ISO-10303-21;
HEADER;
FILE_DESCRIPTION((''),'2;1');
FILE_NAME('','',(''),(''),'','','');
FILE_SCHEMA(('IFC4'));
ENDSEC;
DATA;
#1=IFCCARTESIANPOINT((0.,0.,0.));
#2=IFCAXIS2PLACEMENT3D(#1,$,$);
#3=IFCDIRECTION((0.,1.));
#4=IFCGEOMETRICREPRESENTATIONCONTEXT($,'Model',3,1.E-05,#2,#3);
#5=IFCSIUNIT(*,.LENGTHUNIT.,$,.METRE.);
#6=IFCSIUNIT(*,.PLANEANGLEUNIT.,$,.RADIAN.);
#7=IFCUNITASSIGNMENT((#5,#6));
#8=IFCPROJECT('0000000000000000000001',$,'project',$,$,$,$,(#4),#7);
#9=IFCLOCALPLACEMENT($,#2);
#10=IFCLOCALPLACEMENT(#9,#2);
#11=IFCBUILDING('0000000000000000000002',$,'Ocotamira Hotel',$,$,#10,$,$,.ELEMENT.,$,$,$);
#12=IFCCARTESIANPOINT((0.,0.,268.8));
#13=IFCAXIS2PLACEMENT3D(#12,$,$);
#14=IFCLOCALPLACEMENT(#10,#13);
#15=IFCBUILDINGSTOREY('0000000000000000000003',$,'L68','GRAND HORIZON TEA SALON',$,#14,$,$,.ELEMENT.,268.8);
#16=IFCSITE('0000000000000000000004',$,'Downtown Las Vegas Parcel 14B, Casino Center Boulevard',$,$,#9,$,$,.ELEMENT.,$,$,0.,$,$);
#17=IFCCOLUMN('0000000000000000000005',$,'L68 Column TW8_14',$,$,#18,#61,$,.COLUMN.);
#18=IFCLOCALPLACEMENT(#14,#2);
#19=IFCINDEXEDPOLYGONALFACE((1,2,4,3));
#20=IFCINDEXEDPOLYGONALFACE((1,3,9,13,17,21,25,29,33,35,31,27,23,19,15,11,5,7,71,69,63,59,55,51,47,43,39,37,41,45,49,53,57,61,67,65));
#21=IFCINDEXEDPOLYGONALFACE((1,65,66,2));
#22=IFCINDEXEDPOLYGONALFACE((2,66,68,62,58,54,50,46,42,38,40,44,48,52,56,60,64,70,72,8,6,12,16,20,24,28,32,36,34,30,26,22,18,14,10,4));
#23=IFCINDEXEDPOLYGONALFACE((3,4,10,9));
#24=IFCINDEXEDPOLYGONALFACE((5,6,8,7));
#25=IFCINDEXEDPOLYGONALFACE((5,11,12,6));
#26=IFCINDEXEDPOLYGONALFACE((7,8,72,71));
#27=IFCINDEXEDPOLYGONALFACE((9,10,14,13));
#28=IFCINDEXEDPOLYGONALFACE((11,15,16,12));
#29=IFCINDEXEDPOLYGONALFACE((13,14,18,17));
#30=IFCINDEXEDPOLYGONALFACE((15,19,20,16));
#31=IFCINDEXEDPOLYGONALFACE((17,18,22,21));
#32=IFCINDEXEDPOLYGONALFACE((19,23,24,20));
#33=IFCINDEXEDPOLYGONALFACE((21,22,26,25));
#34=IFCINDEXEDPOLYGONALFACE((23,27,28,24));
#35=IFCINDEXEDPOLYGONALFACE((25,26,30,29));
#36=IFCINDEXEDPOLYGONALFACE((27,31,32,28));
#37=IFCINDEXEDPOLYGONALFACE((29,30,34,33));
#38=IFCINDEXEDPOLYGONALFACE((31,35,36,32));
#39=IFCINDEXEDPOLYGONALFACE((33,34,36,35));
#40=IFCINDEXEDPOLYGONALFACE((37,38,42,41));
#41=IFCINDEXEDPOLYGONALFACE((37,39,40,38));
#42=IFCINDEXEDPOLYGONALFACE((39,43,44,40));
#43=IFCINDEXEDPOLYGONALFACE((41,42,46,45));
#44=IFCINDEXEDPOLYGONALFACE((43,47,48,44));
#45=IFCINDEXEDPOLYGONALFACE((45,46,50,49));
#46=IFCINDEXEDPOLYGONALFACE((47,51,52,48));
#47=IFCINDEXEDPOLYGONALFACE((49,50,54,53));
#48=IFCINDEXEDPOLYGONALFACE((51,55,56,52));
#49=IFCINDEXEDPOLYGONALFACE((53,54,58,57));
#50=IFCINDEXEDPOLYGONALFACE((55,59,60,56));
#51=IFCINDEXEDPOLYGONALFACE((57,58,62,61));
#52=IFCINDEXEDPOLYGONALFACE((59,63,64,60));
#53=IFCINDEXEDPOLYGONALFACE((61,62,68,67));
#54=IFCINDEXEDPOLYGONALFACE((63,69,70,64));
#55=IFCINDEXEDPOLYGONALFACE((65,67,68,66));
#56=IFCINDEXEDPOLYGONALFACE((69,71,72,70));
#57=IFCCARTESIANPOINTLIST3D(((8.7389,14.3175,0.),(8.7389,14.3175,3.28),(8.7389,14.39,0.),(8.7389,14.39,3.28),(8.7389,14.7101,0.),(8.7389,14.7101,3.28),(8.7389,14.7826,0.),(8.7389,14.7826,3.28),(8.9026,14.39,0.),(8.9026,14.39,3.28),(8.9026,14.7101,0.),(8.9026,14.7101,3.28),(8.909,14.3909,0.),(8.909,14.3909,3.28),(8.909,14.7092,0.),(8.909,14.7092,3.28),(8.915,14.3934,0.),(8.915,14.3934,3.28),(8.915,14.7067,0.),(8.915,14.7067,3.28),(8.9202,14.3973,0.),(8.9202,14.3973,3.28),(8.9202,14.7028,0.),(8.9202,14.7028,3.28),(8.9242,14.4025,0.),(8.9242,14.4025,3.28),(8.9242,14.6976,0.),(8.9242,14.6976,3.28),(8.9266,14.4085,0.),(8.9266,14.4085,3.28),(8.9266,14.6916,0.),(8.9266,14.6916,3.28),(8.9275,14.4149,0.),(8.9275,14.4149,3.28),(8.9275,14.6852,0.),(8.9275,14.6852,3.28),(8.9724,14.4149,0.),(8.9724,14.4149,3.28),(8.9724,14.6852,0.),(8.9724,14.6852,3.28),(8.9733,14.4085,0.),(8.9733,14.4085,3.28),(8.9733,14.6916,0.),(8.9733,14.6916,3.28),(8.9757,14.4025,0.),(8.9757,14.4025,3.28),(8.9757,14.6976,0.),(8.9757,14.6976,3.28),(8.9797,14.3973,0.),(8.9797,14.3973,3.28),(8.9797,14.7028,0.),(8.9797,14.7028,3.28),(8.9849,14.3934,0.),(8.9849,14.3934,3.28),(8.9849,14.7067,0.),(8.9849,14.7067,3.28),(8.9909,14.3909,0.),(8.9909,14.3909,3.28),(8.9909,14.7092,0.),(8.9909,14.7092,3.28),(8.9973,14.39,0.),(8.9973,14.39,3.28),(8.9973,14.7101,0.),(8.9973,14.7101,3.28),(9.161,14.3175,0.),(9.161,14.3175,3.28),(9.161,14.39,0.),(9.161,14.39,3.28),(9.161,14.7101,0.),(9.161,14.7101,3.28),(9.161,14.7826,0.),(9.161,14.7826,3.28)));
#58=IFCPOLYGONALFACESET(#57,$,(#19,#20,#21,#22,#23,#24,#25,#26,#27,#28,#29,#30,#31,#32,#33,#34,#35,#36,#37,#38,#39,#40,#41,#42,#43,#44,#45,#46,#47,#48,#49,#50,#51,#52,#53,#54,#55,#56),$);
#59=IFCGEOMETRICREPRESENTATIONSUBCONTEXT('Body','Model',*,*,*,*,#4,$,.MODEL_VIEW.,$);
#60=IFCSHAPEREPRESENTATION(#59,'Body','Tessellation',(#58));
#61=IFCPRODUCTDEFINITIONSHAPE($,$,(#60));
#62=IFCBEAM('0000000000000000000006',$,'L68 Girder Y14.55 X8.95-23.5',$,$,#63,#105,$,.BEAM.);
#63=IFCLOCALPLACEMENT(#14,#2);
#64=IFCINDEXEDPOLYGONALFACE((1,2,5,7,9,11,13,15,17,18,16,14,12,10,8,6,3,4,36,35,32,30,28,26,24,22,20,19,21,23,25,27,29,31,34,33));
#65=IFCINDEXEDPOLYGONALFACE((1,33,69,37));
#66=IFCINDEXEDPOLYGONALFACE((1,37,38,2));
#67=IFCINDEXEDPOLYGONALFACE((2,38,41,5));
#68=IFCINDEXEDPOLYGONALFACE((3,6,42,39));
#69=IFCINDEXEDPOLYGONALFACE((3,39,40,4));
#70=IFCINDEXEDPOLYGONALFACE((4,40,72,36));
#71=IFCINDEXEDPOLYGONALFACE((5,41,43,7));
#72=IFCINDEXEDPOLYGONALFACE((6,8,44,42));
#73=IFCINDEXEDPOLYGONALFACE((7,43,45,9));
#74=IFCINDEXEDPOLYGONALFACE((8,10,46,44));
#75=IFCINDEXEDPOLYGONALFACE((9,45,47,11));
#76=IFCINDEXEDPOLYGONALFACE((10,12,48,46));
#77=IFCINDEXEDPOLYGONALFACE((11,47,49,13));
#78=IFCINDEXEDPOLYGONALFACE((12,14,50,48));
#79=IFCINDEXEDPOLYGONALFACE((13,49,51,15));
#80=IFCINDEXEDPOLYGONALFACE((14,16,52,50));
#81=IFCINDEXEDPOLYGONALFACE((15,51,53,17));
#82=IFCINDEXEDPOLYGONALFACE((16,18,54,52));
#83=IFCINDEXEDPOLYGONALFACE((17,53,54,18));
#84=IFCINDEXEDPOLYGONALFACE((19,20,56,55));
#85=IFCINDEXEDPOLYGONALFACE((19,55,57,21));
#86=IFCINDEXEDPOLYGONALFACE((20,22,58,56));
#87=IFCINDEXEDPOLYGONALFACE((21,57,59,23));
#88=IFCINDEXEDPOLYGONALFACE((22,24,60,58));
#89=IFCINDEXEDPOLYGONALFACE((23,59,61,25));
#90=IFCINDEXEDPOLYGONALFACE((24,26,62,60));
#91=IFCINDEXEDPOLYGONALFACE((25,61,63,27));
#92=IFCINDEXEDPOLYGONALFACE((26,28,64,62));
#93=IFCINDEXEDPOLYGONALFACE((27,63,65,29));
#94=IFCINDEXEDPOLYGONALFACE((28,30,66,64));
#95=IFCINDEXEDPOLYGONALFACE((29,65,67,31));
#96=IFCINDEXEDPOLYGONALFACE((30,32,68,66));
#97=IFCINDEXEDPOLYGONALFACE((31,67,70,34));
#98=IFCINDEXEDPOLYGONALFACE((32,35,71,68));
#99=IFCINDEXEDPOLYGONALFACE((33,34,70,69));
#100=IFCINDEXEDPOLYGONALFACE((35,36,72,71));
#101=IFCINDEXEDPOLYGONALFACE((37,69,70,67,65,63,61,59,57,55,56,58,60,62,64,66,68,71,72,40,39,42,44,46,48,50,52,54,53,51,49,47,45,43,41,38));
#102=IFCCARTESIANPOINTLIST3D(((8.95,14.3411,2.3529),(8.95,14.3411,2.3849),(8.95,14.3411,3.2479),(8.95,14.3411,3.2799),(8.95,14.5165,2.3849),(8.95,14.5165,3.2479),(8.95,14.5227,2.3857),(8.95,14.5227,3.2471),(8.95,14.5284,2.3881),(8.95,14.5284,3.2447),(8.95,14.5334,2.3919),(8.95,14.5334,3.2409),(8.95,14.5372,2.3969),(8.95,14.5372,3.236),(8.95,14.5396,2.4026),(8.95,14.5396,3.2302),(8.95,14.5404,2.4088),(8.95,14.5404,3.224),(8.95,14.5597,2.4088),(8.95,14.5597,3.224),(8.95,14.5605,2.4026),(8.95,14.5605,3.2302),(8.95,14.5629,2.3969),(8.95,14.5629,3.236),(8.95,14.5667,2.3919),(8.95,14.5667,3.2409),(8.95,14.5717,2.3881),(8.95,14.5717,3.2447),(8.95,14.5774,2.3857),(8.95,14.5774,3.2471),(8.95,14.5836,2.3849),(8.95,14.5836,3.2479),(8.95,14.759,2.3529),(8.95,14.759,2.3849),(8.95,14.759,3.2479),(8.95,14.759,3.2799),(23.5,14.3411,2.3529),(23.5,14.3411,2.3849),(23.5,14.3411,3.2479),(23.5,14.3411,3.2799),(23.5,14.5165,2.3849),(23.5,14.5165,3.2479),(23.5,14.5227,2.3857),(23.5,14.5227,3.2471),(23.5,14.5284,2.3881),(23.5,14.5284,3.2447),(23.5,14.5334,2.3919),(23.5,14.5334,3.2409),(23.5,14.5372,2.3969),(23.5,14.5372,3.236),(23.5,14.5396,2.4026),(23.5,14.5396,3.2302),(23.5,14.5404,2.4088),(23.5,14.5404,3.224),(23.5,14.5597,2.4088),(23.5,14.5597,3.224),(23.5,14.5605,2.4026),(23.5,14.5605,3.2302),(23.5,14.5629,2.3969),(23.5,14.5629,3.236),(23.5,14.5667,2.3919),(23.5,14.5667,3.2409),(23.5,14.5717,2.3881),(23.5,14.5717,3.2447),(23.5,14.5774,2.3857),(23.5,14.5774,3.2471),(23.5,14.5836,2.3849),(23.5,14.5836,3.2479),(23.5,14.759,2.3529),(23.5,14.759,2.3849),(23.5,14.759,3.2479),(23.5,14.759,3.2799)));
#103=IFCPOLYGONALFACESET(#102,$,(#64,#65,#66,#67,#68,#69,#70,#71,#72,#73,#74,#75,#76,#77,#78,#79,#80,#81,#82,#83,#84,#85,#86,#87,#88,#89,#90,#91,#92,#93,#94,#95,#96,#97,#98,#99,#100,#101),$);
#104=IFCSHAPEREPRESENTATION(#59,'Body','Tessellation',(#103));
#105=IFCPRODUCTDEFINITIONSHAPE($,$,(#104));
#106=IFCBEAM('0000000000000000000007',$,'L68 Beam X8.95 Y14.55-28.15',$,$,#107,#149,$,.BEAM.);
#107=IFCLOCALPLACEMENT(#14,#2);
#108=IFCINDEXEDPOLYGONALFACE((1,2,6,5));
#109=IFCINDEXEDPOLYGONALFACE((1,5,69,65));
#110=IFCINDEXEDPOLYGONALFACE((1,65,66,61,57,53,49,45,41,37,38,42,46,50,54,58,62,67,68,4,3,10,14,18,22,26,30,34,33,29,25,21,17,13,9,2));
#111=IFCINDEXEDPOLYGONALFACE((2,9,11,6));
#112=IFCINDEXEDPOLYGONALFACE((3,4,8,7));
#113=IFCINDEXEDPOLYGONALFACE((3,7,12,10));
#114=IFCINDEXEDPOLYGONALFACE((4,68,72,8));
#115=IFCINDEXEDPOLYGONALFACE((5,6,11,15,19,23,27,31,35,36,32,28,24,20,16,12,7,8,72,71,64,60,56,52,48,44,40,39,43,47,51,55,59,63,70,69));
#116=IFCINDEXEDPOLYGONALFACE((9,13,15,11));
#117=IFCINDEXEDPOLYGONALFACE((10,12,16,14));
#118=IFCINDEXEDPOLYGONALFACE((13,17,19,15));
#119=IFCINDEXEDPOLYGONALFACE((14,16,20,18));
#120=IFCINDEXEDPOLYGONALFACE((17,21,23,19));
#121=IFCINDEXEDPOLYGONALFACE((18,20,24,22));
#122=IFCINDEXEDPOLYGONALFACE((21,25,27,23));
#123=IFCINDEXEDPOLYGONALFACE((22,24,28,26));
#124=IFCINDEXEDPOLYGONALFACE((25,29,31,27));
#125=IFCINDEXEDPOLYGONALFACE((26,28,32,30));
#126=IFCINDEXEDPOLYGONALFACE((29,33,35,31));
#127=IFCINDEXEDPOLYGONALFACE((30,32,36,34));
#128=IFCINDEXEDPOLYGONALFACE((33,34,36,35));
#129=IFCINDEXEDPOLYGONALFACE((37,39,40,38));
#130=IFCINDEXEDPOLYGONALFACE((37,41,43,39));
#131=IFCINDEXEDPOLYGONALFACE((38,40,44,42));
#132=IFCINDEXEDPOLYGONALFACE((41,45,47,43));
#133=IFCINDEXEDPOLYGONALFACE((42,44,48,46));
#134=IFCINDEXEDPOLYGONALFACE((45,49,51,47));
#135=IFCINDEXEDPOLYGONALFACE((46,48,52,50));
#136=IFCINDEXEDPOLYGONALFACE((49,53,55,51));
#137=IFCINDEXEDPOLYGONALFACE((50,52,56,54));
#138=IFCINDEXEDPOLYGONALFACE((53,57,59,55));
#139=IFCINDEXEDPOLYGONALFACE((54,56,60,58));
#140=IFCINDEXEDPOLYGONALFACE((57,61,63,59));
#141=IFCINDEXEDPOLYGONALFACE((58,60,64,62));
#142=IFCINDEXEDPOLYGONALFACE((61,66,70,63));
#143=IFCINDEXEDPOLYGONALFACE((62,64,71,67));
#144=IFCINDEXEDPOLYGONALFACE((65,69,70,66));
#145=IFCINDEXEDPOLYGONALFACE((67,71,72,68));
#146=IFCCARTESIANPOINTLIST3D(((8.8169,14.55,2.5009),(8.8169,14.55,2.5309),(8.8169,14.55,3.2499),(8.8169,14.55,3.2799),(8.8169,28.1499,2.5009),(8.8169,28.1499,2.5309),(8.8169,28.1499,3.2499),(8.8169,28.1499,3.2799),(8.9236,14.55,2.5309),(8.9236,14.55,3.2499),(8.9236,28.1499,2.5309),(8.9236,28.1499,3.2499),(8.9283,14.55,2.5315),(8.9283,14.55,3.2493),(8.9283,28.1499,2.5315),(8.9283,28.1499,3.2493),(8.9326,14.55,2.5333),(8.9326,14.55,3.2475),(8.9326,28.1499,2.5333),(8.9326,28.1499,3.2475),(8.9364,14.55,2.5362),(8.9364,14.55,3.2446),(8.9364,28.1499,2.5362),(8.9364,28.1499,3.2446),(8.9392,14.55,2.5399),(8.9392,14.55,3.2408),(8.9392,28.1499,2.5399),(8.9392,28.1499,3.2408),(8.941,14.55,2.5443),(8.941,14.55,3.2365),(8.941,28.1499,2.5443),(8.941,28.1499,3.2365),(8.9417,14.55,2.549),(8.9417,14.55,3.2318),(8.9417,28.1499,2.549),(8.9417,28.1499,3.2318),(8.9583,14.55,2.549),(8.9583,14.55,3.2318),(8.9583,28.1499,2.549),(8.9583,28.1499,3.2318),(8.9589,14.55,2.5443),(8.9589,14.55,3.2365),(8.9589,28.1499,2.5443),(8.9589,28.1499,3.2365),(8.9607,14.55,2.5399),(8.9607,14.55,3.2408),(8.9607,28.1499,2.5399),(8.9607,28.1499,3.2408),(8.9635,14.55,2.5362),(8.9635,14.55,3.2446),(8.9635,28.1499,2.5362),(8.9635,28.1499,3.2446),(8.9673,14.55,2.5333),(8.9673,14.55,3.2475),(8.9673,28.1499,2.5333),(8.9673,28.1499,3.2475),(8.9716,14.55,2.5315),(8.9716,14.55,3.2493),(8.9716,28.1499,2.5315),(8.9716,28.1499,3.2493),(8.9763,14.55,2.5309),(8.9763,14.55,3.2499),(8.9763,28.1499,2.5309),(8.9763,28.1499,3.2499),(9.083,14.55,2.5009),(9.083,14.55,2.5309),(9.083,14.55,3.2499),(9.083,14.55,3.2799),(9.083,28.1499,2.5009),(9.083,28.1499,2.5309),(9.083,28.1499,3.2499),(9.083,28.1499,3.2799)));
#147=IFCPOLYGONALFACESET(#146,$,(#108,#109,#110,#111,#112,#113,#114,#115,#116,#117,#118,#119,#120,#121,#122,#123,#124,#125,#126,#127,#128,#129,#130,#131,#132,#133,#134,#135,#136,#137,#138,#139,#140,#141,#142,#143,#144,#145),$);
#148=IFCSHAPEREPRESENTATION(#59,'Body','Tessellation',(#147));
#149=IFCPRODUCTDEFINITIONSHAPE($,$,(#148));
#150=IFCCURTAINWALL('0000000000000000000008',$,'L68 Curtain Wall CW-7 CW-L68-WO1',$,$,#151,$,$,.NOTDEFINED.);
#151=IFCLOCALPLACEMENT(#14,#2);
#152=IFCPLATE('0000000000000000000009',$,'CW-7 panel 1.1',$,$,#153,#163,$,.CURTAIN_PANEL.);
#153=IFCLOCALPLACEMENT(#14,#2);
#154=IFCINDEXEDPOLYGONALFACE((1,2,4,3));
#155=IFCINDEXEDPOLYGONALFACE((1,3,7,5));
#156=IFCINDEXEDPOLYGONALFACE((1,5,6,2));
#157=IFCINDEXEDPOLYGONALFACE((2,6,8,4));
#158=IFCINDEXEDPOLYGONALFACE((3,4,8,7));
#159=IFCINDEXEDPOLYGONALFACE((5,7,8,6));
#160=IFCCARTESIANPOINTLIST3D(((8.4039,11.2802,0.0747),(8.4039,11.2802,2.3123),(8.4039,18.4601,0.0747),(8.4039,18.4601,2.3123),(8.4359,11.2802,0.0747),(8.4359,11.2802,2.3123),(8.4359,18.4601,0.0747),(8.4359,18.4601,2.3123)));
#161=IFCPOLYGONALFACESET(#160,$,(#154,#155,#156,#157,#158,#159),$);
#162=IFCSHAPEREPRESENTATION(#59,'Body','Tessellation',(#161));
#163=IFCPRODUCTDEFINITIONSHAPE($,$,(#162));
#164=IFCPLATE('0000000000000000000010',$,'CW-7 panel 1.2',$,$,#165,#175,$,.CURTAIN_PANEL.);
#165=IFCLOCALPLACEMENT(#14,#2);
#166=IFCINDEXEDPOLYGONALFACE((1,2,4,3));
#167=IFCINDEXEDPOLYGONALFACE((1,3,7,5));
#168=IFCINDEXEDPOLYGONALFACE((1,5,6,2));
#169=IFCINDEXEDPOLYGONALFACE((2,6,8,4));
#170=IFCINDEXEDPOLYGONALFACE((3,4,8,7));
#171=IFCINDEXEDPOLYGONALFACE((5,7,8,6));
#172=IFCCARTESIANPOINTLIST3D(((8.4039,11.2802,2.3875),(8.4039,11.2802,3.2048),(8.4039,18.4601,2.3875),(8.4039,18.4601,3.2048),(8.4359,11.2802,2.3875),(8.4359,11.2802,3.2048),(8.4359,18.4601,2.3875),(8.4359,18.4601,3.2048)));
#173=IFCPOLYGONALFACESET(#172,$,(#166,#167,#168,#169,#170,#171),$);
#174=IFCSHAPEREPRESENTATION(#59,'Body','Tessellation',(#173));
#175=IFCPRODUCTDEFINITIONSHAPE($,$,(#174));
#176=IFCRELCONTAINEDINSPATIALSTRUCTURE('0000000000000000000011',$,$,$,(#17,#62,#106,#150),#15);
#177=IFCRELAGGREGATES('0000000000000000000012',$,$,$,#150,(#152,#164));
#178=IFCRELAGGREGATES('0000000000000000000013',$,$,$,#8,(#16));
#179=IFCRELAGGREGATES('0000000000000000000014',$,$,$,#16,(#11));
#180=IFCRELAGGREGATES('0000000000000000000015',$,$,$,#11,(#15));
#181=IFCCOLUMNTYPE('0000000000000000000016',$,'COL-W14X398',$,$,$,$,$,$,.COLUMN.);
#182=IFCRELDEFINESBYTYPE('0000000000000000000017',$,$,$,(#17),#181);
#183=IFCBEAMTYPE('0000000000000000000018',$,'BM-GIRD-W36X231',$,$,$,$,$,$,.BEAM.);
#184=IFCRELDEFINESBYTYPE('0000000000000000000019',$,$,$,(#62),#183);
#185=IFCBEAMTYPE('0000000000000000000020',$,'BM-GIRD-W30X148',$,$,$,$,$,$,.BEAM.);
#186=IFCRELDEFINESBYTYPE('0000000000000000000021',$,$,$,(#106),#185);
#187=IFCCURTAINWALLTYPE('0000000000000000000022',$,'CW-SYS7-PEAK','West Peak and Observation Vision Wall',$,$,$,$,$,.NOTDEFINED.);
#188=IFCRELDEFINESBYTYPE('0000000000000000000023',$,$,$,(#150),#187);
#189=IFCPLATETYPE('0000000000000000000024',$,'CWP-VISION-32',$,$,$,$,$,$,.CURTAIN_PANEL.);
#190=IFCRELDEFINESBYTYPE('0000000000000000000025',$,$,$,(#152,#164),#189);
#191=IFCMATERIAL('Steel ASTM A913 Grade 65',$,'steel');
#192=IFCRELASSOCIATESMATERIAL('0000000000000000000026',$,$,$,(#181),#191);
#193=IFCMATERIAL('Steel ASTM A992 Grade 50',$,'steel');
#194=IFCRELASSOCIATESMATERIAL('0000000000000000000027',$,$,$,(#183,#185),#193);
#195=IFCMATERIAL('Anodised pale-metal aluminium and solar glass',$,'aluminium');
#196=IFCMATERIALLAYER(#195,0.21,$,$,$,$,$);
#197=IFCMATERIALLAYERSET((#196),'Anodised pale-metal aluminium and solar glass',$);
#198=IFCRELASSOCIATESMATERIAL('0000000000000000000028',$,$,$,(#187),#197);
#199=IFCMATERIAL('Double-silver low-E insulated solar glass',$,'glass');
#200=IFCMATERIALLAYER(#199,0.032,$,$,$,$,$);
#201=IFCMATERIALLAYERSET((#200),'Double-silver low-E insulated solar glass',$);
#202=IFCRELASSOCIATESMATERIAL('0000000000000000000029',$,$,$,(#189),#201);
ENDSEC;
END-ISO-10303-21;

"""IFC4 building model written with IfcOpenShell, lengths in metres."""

from ifc_helpers import new_model, si_unit, direction, frame, origin, origin_2d, place, context, subcontext, project, spatial, rectangle, i_section, extrude, source, transform, mapped, material, layer, layer_set, material_profile, profile_set, type_object, element, aggregate, save


model = new_model("IFC4")

# Units and contexts
model_context = context("Model", 3, precision=1e-05, world=origin(), true_north=direction((0.0, 1.0)))
body_context = subcontext(model_context, "Body", "Model", "MODEL_VIEW")
ifc_project = project(units=[si_unit("LENGTHUNIT", "METRE"), si_unit("PLANEANGLEUNIT", "RADIAN")], contexts=[model_context])

# Site, building, storey
site_placement = place(None, origin())
site = spatial("IfcSite", under=ifc_project, at=site_placement, Name="Downtown Las Vegas Parcel 14B, Casino Center Boulevard", CompositionType="ELEMENT", RefElevation=0.0)
building_placement = place(site_placement, origin())
building = spatial("IfcBuilding", under=site, at=building_placement, Name="Ocotamira Hotel", CompositionType="ELEMENT")
storey_placement = place(building_placement, frame((0.0, 0.0, 268.8)))
storey = spatial("IfcBuildingStorey", under=building, at=storey_placement, Name="L68", Description="GRAND HORIZON TEA SALON", CompositionType="ELEMENT", Elevation=268.8)

# Column
ifc_material_1 = material(Name="Steel ASTM A913 Grade 65", Category="steel")
ifc_material_profile_1 = material_profile(ifc_material_1, i_section(OverallWidth=0.4221, OverallDepth=0.4651, WebThickness=0.0449, FlangeThickness=0.0725, FilletRadius=0.0249, at=origin_2d()), Name="W14X398")
ifc_profile_set_1 = profile_set([ifc_material_profile_1], Name="Steel ASTM A913 Grade 65")
column_type = type_object("IfcColumnType", Name="COL-W14X398", PredefinedType="COLUMN", material=ifc_profile_set_1)
shared_shape_1 = source(origin(), body_context, "Body", "SweptSolid", [
    extrude(i_section(OverallWidth=0.4221, OverallDepth=0.4651, WebThickness=0.0449, FlangeThickness=0.0725, FilletRadius=0.0249, at=origin_2d()), origin(), (0.0, 0.0, 1.0), 3.28),
])
column_placement = place(storey_placement, frame((8.95, 14.55, 0.0), z_axis=(0.0, 0.0, 1.0), x_axis=(1.0, 0.0, 0.0)))
element("IfcColumn", 1, at=column_placement, inside=storey, type_object=column_type, Name="L68 Column TW8_14", PredefinedType="COLUMN", context=body_context, shape_type="MappedRepresentation", body=[
    mapped(shared_shape_1, transform((0.0, 0.0, 0.0), scale=1.0)),
])

# Beams
ifc_material_2 = material(Name="Steel ASTM A992 Grade 50", Category="steel")
ifc_material_profile_2 = material_profile(ifc_material_2, i_section(OverallWidth=0.418, OverallDepth=0.927, WebThickness=0.0193, FlangeThickness=0.032, FilletRadius=0.0239, at=origin_2d()), Name="W36X231")
ifc_profile_set_2 = profile_set([ifc_material_profile_2], Name="Steel ASTM A992 Grade 50")
beam_type_1 = type_object("IfcBeamType", Name="BM-GIRD-W36X231", PredefinedType="BEAM", material=ifc_profile_set_2)
shared_shape_2 = source(origin(), body_context, "Body", "SweptSolid", [
    extrude(i_section(OverallWidth=0.418, OverallDepth=0.927, WebThickness=0.0193, FlangeThickness=0.032, FilletRadius=0.0239, at=origin_2d()), origin(), (0.0, 0.0, 1.0), 14.55),
])
beam_1_placement = place(storey_placement, frame((8.95, 14.55, 2.8164), z_axis=(1.0, 0.0, 0.0), x_axis=(0.0, 1.0, 0.0)))
element("IfcBeam", 2, at=beam_1_placement, inside=storey, type_object=beam_type_1, Name="L68 Girder Y14.55 X8.95-23.5", PredefinedType="BEAM", context=body_context, shape_type="MappedRepresentation", body=[
    mapped(shared_shape_2, transform((0.0, 0.0, 0.0), scale=1.0)),
])
ifc_material_profile_3 = material_profile(ifc_material_2, i_section(OverallWidth=0.2661, OverallDepth=0.7791, WebThickness=0.0166, FlangeThickness=0.03, FilletRadius=0.0181, at=origin_2d()), Name="W30X148")
ifc_profile_set_3 = profile_set([ifc_material_profile_3], Name="Steel ASTM A992 Grade 50")
beam_type_2 = type_object("IfcBeamType", Name="BM-GIRD-W30X148", PredefinedType="BEAM", material=ifc_profile_set_3)
shared_shape_3 = source(origin(), body_context, "Body", "SweptSolid", [
    extrude(i_section(OverallWidth=0.2661, OverallDepth=0.7791, WebThickness=0.0166, FlangeThickness=0.03, FilletRadius=0.0181, at=origin_2d()), origin(), (0.0, 0.0, 1.0), 13.5999),
])
beam_2_placement = place(storey_placement, frame((8.95, 14.55, 2.8904), z_axis=(0.0, 1.0, 0.0), x_axis=(-1.0, 0.0, 0.0)))
element("IfcBeam", 3, at=beam_2_placement, inside=storey, type_object=beam_type_2, Name="L68 Beam X8.95 Y14.55-28.15", PredefinedType="BEAM", context=body_context, shape_type="MappedRepresentation", body=[
    mapped(shared_shape_3, transform((0.0, 0.0, 0.0), scale=1.0)),
])

# Curtain wall, plates
ifc_material_3 = material(Name="Anodised pale-metal aluminium and solar glass", Category="aluminium")
ifc_layer_1 = layer(ifc_material_3, 0.21)
ifc_layer_set_1 = layer_set([ifc_layer_1], Name="Anodised pale-metal aluminium and solar glass")
curtain_wall_type = type_object("IfcCurtainWallType", Name="CW-SYS7-PEAK", Description="West Peak and Observation Vision Wall", PredefinedType="NOTDEFINED", material=ifc_layer_set_1)
curtain_wall_placement = place(storey_placement, origin())
curtain_wall = element("IfcCurtainWall", 4, at=curtain_wall_placement, inside=storey, type_object=curtain_wall_type, Name="L68 Curtain Wall CW-7 CW-L68-WO1", PredefinedType="NOTDEFINED")
ifc_material_4 = material(Name="Double-silver low-E insulated solar glass", Category="glass")
ifc_layer_2 = layer(ifc_material_4, 0.032)
ifc_layer_set_2 = layer_set([ifc_layer_2], Name="Double-silver low-E insulated solar glass")
plate_type = type_object("IfcPlateType", Name="CWP-VISION-32", PredefinedType="CURTAIN_PANEL", material=ifc_layer_set_2)
shared_shape_4 = source(origin(), body_context, "Body", "SweptSolid", [
    extrude(rectangle(XDim=7.1799, YDim=0.032, at=origin_2d()), origin(), (0.0, 0.0, 1.0), 2.2375),
])
plate_1_placement = place(storey_placement, frame((8.4199, 14.8701, 0.0747), z_axis=(0.0, 0.0, 1.0), x_axis=(0.0, 1.0, 0.0)))
plate_1 = element("IfcPlate", 5, at=plate_1_placement, type_object=plate_type, Name="CW-7 panel 1.1", PredefinedType="CURTAIN_PANEL", context=body_context, shape_type="MappedRepresentation", body=[
    mapped(shared_shape_4, transform((0.0, 0.0, 0.0), scale=1.0)),
])
shared_shape_5 = source(origin(), body_context, "Body", "SweptSolid", [
    extrude(rectangle(XDim=7.1799, YDim=0.032, at=origin_2d()), origin(), (0.0, 0.0, 1.0), 0.8174),
])
plate_2_placement = place(storey_placement, frame((8.4199, 14.8701, 2.3875), z_axis=(0.0, 0.0, 1.0), x_axis=(0.0, 1.0, 0.0)))
plate_2 = element("IfcPlate", 6, at=plate_2_placement, type_object=plate_type, Name="CW-7 panel 1.2", PredefinedType="CURTAIN_PANEL", context=body_context, shape_type="MappedRepresentation", body=[
    mapped(shared_shape_5, transform((0.0, 0.0, 0.0), scale=1.0)),
])
aggregate(curtain_wall, [plate_1, plate_2])

save(model, "model.ifc")
